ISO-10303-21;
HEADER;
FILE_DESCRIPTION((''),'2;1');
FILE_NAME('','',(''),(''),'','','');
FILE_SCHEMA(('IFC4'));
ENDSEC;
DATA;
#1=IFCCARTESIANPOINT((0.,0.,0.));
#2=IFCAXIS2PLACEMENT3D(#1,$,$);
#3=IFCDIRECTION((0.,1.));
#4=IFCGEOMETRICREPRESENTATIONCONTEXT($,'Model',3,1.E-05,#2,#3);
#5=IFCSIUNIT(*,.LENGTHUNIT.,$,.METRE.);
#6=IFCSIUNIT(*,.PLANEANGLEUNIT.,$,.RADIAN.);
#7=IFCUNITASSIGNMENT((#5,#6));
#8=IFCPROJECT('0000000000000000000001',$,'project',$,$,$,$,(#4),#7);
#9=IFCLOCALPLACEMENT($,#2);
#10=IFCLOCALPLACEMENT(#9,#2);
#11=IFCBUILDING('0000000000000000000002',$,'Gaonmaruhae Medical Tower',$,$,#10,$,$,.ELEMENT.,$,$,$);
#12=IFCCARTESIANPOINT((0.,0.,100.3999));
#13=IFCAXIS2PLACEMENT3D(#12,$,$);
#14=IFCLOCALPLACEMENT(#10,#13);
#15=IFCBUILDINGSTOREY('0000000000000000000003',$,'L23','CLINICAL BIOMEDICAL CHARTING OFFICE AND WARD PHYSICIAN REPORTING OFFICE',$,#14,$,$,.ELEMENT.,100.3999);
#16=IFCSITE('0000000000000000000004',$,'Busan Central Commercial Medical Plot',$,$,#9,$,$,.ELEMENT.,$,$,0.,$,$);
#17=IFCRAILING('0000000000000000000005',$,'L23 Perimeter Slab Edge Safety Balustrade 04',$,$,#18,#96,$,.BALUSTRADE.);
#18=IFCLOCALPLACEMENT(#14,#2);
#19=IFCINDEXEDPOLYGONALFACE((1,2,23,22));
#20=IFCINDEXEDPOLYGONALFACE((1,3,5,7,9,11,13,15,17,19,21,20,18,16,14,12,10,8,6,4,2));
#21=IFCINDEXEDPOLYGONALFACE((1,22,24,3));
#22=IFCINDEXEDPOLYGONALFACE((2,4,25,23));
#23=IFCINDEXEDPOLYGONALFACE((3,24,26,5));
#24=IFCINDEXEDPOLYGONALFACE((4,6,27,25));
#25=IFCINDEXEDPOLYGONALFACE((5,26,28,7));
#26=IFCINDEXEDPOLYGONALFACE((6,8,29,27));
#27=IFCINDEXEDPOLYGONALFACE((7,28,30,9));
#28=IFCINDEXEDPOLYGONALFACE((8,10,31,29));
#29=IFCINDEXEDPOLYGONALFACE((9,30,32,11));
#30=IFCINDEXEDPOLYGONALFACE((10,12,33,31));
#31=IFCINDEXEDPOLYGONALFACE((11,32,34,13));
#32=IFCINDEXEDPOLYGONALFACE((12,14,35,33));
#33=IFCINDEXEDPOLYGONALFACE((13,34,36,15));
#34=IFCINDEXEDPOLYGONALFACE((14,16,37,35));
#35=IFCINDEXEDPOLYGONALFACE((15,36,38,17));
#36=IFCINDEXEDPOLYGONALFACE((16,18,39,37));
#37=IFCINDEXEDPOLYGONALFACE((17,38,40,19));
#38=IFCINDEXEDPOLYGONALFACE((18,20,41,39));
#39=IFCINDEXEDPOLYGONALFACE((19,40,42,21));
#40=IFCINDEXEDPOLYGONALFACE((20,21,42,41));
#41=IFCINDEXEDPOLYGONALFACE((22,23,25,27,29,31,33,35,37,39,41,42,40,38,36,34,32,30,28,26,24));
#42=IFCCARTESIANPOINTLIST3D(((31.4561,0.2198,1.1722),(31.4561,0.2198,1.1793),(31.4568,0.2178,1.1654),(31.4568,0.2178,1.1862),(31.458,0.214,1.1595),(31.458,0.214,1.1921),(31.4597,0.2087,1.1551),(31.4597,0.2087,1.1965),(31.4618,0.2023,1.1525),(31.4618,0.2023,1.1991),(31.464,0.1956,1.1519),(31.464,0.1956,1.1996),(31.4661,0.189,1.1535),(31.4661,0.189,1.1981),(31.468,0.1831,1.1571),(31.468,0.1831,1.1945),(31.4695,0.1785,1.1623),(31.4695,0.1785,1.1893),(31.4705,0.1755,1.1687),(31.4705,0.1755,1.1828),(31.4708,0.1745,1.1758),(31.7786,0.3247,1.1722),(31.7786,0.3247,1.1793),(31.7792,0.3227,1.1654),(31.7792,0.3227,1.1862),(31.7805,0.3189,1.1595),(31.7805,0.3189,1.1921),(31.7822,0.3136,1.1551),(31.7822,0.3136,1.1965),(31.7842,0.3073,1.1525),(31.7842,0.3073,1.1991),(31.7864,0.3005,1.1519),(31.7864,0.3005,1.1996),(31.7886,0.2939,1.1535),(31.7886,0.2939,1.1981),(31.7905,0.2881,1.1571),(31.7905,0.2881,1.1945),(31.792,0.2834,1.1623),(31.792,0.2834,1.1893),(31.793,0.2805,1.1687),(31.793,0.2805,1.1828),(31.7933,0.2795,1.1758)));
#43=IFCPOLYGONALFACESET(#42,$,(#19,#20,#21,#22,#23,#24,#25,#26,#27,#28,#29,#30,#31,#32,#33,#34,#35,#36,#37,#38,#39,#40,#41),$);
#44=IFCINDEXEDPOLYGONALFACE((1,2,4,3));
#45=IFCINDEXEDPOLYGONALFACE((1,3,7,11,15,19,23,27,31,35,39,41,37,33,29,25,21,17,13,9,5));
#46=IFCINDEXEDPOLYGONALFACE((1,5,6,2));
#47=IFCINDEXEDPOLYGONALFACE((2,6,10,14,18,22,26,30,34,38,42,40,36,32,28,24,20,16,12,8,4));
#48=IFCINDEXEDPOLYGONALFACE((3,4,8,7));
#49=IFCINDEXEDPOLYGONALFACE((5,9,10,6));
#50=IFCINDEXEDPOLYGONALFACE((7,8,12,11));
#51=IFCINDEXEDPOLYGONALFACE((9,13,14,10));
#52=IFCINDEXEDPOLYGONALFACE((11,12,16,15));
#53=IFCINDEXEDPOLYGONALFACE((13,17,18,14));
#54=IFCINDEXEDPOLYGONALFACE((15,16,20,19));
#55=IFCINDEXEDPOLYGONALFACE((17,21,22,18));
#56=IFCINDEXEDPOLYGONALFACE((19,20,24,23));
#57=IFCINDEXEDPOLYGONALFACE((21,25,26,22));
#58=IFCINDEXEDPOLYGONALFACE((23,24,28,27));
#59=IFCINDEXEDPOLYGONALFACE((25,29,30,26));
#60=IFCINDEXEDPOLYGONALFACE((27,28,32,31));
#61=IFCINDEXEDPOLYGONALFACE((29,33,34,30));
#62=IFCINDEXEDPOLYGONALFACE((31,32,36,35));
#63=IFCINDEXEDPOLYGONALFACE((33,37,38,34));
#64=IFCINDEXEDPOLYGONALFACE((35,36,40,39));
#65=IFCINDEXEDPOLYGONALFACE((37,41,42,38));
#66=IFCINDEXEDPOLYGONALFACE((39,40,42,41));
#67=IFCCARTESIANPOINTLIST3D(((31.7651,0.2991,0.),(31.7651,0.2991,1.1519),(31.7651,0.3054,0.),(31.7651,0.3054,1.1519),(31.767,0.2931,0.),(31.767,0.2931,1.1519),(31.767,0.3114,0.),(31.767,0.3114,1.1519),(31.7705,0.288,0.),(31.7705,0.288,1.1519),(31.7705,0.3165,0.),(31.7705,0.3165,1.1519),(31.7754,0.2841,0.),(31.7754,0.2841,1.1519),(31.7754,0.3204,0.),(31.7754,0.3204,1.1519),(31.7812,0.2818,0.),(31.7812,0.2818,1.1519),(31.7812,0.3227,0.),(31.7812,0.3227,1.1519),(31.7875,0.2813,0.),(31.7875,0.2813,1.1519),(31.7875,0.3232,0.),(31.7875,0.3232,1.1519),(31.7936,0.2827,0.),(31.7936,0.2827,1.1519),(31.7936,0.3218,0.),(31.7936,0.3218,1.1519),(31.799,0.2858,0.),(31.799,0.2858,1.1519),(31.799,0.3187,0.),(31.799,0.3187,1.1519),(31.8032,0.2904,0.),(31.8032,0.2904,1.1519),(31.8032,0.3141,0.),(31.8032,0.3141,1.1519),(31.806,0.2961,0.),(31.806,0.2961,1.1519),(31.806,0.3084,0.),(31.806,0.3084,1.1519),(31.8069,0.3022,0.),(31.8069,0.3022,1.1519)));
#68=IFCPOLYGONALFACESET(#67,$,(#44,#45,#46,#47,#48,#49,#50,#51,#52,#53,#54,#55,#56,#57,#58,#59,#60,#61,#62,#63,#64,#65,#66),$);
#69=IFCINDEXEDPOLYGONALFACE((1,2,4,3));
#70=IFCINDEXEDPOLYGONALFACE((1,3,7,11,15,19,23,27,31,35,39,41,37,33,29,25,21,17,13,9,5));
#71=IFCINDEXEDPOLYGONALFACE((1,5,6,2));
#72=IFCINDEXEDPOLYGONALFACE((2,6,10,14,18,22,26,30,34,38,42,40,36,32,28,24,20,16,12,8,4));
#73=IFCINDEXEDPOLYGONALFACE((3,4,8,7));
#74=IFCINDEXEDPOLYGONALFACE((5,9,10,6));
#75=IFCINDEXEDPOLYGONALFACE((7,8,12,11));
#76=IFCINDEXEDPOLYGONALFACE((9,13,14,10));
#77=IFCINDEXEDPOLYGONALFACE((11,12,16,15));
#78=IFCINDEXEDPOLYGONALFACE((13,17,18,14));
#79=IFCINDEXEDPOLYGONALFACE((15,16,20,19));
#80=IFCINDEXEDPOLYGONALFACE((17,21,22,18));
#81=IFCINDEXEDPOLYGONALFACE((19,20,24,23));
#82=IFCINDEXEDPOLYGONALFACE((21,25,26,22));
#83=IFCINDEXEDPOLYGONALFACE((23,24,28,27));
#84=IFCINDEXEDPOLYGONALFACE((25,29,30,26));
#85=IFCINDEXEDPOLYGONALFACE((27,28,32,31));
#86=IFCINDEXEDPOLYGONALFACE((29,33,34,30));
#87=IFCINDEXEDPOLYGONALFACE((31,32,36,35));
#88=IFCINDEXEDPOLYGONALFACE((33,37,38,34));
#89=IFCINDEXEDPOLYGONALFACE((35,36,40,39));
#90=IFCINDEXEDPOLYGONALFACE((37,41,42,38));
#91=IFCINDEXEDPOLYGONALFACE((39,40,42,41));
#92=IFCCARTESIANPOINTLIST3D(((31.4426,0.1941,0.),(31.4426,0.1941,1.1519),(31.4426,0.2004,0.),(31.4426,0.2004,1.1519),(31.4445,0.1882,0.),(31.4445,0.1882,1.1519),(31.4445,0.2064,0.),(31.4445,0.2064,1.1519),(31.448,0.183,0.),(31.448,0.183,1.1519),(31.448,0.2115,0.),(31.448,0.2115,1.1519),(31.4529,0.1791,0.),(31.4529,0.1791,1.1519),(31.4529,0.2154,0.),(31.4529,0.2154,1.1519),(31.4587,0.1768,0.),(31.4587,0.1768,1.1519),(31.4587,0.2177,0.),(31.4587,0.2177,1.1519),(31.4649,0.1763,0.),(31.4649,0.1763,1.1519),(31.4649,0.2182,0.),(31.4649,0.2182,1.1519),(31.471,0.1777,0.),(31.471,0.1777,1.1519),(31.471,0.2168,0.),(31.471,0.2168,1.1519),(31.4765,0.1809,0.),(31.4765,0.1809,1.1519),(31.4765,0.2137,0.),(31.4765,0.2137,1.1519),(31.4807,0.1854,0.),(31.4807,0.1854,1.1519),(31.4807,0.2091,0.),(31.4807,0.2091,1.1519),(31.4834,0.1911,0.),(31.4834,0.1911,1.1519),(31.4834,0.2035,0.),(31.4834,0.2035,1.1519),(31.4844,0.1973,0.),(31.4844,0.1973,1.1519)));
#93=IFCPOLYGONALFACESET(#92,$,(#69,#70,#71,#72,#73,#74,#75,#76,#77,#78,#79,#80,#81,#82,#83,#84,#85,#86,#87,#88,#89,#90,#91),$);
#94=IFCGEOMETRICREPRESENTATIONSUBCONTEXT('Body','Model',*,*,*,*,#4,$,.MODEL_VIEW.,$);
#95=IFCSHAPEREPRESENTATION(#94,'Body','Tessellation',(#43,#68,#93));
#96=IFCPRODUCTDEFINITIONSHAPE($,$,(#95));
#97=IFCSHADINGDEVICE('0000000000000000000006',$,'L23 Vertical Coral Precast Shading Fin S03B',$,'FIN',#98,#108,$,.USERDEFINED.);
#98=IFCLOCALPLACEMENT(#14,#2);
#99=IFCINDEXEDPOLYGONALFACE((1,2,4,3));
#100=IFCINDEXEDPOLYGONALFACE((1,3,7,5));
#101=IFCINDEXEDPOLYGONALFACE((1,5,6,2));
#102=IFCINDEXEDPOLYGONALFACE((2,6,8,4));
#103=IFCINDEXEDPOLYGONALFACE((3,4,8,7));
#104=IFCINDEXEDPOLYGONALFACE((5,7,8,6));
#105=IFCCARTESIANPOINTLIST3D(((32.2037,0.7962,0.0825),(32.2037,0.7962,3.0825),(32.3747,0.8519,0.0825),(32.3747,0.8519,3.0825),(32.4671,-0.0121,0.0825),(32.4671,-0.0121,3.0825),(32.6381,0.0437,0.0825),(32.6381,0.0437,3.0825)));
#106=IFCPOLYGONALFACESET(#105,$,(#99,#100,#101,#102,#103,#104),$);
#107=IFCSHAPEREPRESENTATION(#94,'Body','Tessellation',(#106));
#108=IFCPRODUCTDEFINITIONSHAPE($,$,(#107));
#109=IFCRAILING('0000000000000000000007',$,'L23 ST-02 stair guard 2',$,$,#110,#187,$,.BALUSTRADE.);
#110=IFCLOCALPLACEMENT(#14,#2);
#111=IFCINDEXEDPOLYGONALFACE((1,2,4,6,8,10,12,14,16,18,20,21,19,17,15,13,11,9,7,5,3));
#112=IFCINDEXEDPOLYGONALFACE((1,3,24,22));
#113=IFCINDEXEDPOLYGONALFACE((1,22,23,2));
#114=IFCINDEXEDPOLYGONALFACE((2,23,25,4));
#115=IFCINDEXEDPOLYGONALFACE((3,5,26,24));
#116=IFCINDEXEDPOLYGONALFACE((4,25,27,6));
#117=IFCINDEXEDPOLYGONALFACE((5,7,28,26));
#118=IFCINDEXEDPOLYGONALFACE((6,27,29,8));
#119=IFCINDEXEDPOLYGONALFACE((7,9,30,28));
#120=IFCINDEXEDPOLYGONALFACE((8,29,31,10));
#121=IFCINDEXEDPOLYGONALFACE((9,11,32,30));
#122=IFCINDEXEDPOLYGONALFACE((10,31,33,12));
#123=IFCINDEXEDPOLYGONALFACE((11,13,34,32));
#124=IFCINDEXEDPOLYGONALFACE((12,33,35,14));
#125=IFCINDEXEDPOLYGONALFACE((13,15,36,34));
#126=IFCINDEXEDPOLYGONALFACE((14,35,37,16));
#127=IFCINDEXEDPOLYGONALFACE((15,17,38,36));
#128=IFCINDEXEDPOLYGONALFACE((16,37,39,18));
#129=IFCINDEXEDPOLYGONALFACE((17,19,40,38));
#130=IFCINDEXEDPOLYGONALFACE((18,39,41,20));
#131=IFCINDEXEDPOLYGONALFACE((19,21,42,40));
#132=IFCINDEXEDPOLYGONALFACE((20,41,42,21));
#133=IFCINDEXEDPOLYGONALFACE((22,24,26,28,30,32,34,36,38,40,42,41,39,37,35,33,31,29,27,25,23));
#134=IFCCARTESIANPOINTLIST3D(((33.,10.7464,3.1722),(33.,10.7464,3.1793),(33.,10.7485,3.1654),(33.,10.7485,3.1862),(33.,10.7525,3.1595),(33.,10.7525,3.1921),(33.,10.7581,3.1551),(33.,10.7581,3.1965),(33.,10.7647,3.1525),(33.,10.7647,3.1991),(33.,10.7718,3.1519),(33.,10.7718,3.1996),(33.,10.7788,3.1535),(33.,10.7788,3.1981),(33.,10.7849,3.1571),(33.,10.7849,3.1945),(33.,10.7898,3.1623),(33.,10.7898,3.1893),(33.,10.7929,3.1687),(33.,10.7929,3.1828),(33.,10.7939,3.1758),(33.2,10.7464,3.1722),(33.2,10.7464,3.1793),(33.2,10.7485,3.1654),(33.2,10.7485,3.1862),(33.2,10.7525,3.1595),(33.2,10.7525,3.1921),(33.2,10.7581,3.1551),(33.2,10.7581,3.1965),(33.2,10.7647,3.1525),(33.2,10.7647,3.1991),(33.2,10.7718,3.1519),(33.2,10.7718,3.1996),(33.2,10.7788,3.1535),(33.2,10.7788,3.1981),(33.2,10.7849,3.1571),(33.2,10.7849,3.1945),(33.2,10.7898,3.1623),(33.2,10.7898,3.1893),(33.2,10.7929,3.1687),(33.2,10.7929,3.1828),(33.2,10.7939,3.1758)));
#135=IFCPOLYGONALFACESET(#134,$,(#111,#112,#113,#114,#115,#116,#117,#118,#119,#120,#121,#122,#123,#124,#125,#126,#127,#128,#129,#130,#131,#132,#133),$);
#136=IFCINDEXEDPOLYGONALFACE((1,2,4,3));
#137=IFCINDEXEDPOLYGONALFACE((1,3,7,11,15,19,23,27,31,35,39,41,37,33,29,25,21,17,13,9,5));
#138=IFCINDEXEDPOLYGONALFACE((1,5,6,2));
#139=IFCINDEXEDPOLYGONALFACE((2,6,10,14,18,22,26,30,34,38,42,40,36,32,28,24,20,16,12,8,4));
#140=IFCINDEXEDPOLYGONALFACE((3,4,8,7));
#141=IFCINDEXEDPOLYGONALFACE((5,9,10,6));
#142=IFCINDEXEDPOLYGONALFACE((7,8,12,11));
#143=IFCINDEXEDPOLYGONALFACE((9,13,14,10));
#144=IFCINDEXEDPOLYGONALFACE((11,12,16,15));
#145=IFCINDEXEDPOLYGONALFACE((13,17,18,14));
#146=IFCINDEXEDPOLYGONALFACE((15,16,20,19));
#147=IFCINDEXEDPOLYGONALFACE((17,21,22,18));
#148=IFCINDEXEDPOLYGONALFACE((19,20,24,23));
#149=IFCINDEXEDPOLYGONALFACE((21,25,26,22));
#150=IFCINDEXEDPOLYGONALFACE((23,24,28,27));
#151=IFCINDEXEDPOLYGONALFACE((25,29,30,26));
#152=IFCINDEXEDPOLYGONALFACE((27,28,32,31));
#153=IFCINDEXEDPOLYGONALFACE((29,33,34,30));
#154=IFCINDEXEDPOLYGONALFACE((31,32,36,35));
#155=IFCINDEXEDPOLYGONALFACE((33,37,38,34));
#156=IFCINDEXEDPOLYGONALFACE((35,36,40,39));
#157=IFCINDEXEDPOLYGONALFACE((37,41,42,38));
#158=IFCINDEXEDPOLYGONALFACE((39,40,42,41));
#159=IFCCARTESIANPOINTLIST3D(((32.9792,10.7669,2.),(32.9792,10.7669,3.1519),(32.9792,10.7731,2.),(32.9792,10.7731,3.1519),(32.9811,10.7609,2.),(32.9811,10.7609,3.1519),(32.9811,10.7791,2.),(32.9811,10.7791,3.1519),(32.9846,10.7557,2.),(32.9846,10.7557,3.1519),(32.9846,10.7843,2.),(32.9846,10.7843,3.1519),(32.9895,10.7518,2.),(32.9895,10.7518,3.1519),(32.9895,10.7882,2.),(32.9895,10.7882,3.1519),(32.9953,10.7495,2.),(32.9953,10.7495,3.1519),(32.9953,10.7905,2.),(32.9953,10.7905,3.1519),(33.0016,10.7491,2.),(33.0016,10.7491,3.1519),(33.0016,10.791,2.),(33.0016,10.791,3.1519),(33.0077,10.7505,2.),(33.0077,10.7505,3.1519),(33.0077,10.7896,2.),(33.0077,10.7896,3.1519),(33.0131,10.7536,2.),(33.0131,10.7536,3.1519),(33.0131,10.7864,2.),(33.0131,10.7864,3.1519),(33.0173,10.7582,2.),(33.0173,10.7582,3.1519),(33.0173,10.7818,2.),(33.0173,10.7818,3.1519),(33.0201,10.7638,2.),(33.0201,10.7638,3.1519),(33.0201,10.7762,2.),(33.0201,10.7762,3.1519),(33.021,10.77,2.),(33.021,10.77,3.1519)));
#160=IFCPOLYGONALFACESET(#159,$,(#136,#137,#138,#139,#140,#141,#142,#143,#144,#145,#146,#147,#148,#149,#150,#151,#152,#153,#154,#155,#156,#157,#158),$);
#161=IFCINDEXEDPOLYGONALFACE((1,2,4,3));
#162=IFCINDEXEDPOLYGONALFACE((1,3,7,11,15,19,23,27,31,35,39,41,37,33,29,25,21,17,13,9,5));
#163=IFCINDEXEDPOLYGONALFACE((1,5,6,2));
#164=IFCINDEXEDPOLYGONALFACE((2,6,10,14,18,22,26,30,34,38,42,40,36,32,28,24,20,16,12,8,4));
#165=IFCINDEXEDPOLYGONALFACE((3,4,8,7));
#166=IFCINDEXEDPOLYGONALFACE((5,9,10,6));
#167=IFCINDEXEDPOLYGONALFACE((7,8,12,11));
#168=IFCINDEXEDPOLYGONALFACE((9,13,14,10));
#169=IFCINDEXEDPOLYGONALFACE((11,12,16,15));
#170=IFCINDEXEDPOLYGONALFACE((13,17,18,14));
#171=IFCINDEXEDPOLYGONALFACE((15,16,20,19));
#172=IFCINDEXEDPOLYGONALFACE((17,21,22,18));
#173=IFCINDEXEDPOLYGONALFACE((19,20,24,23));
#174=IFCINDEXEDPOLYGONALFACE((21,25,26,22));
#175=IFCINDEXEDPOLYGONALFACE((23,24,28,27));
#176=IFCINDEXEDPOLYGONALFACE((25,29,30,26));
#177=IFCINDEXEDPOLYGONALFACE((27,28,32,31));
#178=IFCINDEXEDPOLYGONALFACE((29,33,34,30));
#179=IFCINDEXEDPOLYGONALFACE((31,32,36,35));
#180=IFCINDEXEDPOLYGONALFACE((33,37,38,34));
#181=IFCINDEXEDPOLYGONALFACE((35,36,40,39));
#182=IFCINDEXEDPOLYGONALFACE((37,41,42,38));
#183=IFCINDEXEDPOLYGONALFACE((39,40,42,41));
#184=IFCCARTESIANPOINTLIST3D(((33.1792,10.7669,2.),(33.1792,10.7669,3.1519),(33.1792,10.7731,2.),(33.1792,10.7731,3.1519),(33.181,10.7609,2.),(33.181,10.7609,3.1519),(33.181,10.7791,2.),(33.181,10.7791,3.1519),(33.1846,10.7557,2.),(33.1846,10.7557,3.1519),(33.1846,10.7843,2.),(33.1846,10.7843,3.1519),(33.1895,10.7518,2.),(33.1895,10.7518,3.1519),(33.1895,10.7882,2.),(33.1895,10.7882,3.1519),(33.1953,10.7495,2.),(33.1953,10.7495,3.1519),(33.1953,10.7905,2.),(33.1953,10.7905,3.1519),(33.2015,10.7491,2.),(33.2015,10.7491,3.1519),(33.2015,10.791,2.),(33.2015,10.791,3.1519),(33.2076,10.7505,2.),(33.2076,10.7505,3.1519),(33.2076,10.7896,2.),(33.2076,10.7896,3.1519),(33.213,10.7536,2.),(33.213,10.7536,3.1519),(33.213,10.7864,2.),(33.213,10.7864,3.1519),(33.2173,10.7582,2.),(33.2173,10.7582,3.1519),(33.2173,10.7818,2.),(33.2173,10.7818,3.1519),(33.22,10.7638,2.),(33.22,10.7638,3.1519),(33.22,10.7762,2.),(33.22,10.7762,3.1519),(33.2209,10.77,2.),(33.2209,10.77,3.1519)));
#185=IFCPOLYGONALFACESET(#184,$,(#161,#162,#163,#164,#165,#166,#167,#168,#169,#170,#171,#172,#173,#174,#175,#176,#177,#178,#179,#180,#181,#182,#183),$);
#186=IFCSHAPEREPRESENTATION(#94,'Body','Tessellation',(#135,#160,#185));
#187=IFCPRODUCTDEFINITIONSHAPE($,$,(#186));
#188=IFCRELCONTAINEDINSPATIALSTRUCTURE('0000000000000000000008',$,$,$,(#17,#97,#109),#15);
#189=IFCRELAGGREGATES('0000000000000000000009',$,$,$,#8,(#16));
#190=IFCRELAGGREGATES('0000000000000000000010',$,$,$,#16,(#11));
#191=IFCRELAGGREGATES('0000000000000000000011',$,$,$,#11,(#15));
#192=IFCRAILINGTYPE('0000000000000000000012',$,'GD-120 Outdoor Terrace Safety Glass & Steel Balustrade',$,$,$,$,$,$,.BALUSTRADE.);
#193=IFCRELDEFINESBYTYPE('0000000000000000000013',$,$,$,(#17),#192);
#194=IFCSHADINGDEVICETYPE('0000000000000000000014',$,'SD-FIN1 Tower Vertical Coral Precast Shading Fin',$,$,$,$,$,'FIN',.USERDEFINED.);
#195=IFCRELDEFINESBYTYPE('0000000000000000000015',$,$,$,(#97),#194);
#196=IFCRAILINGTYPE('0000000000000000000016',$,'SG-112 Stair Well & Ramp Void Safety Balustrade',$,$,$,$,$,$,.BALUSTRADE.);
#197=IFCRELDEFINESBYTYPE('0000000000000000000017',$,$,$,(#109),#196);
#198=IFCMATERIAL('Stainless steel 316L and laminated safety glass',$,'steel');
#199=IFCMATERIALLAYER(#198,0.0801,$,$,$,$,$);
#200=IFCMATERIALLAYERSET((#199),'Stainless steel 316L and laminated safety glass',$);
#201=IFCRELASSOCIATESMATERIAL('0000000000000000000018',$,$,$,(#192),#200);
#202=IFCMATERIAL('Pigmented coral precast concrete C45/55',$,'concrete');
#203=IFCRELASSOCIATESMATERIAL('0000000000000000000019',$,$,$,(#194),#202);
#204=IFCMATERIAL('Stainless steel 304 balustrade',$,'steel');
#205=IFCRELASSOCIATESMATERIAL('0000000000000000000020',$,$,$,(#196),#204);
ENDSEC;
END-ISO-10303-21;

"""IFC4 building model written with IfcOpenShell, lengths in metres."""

from ifc_helpers import new_model, si_unit, direction, frame, origin, origin_2d, place, context, subcontext, project, spatial, rectangle, circle, extrude, material, layer, layer_set, type_object, element, save


model = new_model("IFC4")

# Units and contexts
model_context = context("Model", 3, precision=1e-05, world=origin(), true_north=direction((0.0, 1.0)))
body_context = subcontext(model_context, "Body", "Model", "MODEL_VIEW")
ifc_project = project(units=[si_unit("LENGTHUNIT", "METRE"), si_unit("PLANEANGLEUNIT", "RADIAN")], contexts=[model_context])

# Site, building, storey
site_placement = place(None, origin())
site = spatial("IfcSite", under=ifc_project, at=site_placement, Name="Busan Central Commercial Medical Plot", CompositionType="ELEMENT", RefElevation=0.0)
building_placement = place(site_placement, origin())
building = spatial("IfcBuilding", under=site, at=building_placement, Name="Gaonmaruhae Medical Tower", CompositionType="ELEMENT")
storey_placement = place(building_placement, frame((0.0, 0.0, 100.3999)))
storey = spatial("IfcBuildingStorey", under=building, at=storey_placement, Name="L23", Description="CLINICAL BIOMEDICAL CHARTING OFFICE AND WARD PHYSICIAN REPORTING OFFICE", CompositionType="ELEMENT", Elevation=100.3999)

# Railing
ifc_material_1 = material(Name="Stainless steel 316L and laminated safety glass", Category="steel")
ifc_layer_1 = layer(ifc_material_1, 0.0801)
ifc_layer_set_1 = layer_set([ifc_layer_1], Name="Stainless steel 316L and laminated safety glass")
railing_type_1 = type_object("IfcRailingType", Name="GD-120 Outdoor Terrace Safety Glass & Steel Balustrade", PredefinedType="BALUSTRADE", material=ifc_layer_set_1)
railing_1_placement = place(storey_placement, frame((31.7859, 0.3022, 0.0)))
element("IfcRailing", 1, at=railing_1_placement, inside=storey, type_object=railing_type_1, Name="L23 Perimeter Slab Edge Safety Balustrade 04", PredefinedType="BALUSTRADE", context=body_context, shape_type="SweptSolid", body=[
    extrude(circle(Radius=0.0239, at=origin_2d()), frame((0.0, 0.0, 1.1758), z_axis=(-0.950891, -0.309526, 0.0), x_axis=(0.309526, -0.950891, 0.0)), (0.0, 0.0, 1.0), 0.3391),
    extrude(circle(Radius=0.021, at=origin_2d()), origin(), (0.0, 0.0, 1.0), 1.1519),
    extrude(circle(Radius=0.021, at=origin_2d()), frame((-0.3225, -0.105, 0.0)), (0.0, 0.0, 1.0), 1.1519),
])

# Shading device
ifc_material_2 = material(Name="Pigmented coral precast concrete C45/55", Category="concrete")
shading_device_type = type_object("IfcShadingDeviceType", Name="SD-FIN1 Tower Vertical Coral Precast Shading Fin", ElementType="FIN", PredefinedType="USERDEFINED", material=ifc_material_2)
shading_device_placement = place(storey_placement, frame((32.4209, 0.4199, 0.0825), z_axis=(0.0, 0.0, 1.0), x_axis=(-0.950792, -0.30983, 0.0)))
element("IfcShadingDevice", 2, at=shading_device_placement, inside=storey, type_object=shading_device_type, Name="L23 Vertical Coral Precast Shading Fin S03B", ObjectType="FIN", PredefinedType="USERDEFINED", context=body_context, shape_type="SweptSolid", body=[
    extrude(rectangle(XDim=0.1799, YDim=0.8501, at=origin_2d()), origin(), (0.0, 0.0, 1.0), 3.0),
])

# Railing
ifc_material_3 = material(Name="Stainless steel 304 balustrade", Category="steel")
railing_type_2 = type_object("IfcRailingType", Name="SG-112 Stair Well & Ramp Void Safety Balustrade", PredefinedType="BALUSTRADE", material=ifc_material_3)
railing_2_placement = place(storey_placement, frame((33.0, 10.77, 2.0)))
element("IfcRailing", 3, at=railing_2_placement, inside=storey, type_object=railing_type_2, Name="L23 ST-02 stair guard 2", PredefinedType="BALUSTRADE", context=body_context, shape_type="SweptSolid", body=[
    extrude(circle(Radius=0.0239, at=origin_2d()), frame((0.0, 0.0, 1.1758), z_axis=(1.0, 0.0, 0.0), x_axis=(0.0, 1.0, 0.0)), (0.0, 0.0, 1.0), 0.2),
    extrude(circle(Radius=0.021, at=origin_2d()), origin(), (0.0, 0.0, 1.0), 1.1519),
    extrude(circle(Radius=0.021, at=origin_2d()), frame((0.2, 0.0, 0.0)), (0.0, 0.0, 1.0), 1.1519),
])

save(model, "model.ifc")
